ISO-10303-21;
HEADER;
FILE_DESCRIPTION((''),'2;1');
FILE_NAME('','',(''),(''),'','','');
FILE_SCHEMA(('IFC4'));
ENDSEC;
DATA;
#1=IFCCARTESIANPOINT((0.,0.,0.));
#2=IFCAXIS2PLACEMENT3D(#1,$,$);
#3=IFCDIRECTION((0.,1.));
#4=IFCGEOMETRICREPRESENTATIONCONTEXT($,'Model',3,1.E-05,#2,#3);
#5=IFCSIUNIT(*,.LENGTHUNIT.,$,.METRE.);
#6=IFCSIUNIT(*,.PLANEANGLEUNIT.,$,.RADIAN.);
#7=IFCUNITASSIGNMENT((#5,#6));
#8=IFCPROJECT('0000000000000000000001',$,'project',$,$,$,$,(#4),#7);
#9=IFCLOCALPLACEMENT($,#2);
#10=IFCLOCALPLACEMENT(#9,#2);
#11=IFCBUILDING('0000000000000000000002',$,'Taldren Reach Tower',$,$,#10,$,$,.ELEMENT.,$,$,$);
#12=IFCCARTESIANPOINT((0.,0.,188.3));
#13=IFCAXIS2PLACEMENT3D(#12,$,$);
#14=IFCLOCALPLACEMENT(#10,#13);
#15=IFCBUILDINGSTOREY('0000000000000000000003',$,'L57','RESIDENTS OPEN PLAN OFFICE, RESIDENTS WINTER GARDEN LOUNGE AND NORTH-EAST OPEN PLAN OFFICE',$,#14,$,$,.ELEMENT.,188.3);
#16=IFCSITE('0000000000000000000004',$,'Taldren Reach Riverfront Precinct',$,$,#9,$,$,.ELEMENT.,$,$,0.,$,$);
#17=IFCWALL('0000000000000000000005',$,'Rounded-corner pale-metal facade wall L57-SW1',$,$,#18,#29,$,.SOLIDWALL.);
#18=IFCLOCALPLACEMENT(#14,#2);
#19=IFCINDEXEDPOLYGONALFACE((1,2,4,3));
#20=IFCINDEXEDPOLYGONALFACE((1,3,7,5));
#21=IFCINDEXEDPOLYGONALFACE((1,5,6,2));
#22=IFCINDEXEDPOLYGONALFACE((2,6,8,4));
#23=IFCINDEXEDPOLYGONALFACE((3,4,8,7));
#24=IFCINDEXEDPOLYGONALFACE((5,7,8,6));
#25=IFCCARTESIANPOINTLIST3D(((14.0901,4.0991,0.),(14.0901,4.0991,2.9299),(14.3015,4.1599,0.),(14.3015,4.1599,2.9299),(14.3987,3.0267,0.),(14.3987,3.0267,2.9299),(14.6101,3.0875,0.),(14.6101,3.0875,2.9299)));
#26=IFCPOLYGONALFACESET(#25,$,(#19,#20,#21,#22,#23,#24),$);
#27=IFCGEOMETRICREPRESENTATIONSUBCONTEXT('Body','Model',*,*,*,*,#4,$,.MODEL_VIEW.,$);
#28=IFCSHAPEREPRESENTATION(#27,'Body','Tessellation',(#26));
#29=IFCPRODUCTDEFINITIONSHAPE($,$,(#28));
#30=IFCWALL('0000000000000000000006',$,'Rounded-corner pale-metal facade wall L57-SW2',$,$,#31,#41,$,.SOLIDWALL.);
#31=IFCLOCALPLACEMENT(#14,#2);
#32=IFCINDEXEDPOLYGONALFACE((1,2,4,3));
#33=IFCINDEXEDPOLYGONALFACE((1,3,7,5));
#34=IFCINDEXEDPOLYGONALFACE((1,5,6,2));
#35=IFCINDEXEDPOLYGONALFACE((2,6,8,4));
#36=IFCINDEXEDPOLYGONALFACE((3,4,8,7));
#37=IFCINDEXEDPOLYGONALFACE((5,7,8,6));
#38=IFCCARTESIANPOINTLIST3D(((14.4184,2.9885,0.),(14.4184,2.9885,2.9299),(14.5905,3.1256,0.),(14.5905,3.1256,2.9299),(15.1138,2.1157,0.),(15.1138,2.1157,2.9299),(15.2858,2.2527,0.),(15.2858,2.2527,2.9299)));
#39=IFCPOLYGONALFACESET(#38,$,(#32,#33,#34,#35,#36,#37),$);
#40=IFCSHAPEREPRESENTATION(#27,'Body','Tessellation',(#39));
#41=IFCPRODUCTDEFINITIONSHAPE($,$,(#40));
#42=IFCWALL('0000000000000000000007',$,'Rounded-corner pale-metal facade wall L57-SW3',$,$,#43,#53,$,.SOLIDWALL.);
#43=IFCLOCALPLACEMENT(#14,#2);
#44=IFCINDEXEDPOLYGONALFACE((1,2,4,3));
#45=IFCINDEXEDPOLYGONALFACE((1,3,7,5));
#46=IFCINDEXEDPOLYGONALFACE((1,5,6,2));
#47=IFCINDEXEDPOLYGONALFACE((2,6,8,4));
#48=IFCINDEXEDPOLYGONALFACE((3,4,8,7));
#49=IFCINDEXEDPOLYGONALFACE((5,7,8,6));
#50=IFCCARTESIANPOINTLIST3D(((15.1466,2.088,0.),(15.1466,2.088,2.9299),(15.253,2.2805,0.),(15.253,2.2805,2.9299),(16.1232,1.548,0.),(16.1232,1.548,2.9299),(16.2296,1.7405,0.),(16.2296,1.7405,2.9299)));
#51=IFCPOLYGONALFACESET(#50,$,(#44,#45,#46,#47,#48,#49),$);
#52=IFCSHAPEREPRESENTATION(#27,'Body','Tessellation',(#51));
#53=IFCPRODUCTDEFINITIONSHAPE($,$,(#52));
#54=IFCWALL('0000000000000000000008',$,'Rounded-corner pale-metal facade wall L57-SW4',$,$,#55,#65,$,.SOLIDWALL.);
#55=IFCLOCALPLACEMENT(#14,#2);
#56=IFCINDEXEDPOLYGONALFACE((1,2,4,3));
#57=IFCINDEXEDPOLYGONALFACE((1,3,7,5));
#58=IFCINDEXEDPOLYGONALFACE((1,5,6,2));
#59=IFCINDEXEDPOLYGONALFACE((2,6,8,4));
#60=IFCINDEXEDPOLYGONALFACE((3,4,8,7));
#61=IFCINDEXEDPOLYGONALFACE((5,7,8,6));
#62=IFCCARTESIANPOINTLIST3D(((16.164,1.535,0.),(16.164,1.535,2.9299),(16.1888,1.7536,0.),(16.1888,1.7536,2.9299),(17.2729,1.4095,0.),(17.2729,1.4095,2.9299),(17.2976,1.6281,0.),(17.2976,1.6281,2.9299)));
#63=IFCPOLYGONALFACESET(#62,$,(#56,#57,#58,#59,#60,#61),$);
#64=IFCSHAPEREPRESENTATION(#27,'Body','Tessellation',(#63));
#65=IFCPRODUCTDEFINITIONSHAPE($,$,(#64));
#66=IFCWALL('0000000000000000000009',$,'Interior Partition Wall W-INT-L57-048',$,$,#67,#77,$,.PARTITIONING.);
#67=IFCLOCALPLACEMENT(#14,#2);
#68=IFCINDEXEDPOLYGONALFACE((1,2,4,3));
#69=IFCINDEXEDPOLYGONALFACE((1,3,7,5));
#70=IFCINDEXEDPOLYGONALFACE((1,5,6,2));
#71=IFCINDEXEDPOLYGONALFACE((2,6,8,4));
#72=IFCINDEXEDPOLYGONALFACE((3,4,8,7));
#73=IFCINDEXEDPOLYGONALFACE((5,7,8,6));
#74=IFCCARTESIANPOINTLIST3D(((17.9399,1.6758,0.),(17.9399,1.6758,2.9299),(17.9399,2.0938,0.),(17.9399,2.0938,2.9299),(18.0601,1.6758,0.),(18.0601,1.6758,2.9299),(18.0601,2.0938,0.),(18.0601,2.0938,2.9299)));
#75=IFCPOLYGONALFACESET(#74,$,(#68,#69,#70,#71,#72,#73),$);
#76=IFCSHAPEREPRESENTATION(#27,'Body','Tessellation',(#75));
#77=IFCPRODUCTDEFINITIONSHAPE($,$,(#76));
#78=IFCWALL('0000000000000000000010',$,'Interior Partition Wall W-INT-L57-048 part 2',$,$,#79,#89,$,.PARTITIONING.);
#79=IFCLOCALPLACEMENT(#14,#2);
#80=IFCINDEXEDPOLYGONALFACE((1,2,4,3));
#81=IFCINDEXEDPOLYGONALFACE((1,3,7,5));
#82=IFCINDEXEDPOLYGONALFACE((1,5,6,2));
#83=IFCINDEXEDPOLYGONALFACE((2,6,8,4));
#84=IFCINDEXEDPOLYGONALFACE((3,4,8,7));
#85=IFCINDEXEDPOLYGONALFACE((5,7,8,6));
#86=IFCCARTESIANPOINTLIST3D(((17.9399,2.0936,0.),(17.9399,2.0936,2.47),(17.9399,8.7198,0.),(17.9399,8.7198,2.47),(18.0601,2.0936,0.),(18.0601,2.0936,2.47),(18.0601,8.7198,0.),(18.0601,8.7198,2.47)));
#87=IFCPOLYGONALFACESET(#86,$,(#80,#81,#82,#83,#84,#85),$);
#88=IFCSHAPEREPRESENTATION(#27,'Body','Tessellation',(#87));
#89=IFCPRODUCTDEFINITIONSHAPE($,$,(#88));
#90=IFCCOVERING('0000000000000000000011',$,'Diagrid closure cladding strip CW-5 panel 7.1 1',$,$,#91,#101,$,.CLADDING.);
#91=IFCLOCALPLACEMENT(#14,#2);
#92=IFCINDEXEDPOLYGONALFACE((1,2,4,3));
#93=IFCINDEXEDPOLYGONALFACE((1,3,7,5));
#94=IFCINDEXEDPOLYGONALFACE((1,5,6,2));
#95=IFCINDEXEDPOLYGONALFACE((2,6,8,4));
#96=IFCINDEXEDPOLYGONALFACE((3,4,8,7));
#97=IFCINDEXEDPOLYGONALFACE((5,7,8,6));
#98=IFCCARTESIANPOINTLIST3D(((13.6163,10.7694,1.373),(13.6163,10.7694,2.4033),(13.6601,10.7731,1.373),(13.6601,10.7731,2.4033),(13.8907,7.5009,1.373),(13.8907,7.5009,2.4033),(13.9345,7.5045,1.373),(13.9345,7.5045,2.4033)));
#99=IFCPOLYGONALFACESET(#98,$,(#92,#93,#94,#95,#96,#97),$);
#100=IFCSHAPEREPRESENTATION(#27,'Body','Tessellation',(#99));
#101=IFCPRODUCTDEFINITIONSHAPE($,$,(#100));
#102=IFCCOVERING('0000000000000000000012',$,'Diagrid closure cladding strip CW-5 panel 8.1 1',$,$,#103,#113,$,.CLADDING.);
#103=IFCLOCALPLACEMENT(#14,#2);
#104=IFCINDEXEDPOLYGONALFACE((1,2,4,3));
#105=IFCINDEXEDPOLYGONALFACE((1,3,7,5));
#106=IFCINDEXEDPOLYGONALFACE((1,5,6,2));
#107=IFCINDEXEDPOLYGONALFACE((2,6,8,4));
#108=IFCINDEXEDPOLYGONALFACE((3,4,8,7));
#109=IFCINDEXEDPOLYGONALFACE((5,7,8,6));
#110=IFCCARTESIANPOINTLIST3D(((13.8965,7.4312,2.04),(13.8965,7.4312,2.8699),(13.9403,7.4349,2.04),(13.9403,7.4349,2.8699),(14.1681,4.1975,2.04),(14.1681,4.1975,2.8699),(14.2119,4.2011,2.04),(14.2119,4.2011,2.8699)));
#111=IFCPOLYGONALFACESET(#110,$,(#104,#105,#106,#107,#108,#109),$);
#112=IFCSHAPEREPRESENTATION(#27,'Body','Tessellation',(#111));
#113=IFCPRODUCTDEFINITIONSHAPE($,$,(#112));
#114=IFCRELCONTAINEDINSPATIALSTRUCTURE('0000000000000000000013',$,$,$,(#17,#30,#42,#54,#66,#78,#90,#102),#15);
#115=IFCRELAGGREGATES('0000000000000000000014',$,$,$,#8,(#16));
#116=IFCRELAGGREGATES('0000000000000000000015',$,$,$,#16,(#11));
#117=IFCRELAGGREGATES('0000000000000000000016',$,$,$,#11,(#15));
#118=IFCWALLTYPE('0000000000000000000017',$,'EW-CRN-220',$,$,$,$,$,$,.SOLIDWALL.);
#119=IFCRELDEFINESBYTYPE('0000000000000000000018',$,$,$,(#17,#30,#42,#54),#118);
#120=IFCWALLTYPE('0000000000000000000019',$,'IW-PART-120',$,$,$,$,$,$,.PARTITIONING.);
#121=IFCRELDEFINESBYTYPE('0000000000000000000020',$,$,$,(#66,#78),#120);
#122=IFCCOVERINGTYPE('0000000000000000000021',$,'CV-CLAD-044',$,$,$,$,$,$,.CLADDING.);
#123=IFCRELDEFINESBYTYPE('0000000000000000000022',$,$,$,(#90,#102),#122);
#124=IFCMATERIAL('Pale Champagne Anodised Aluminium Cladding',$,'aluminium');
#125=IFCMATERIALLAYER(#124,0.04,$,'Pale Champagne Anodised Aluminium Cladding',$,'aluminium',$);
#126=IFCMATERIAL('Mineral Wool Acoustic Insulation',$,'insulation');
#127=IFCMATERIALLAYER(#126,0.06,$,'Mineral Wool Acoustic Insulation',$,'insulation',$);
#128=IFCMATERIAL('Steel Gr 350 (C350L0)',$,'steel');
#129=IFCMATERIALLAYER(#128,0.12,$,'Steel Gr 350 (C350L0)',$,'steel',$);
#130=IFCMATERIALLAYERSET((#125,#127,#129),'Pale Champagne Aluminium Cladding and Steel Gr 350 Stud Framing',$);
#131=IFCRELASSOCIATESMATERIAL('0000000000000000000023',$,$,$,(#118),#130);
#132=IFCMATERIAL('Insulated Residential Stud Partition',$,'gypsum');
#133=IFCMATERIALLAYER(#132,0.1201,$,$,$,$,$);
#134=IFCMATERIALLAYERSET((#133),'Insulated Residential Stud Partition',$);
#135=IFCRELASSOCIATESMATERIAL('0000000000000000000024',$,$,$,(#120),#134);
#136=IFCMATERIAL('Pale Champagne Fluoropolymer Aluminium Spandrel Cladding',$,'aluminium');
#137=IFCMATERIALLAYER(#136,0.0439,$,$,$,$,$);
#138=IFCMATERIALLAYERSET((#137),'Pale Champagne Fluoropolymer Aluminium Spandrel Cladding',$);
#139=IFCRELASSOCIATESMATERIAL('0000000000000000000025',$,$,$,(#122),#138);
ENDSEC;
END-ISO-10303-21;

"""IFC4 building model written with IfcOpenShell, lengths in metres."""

from ifc_helpers import new_model, si_unit, direction, frame, frame_2d, origin, origin_2d, place, context, subcontext, project, spatial, rectangle, extrude, source, transform, mapped, material, layer, layer_set, type_object, element, save


model = new_model("IFC4")

# Units and contexts
model_context = context("Model", 3, precision=1e-05, world=origin(), true_north=direction((0.0, 1.0)))
body_context = subcontext(model_context, "Body", "Model", "MODEL_VIEW")
ifc_project = project(units=[si_unit("LENGTHUNIT", "METRE"), si_unit("PLANEANGLEUNIT", "RADIAN")], contexts=[model_context])

# Site, building, storey
site_placement = place(None, origin())
site = spatial("IfcSite", under=ifc_project, at=site_placement, Name="Taldren Reach Riverfront Precinct", CompositionType="ELEMENT", RefElevation=0.0)
building_placement = place(site_placement, origin())
building = spatial("IfcBuilding", under=site, at=building_placement, Name="Taldren Reach Tower", CompositionType="ELEMENT")
storey_placement = place(building_placement, frame((0.0, 0.0, 188.3)))
storey = spatial("IfcBuildingStorey", under=building, at=storey_placement, Name="L57", Description="RESIDENTS OPEN PLAN OFFICE, RESIDENTS WINTER GARDEN LOUNGE AND NORTH-EAST OPEN PLAN OFFICE", CompositionType="ELEMENT", Elevation=188.3)

# Shared definitions
ifc_material_1 = material(Name="Steel Gr 350 (C350L0)", Category="steel")

# Walls
ifc_material_2 = material(Name="Pale Champagne Anodised Aluminium Cladding", Category="aluminium")
ifc_layer_1 = layer(ifc_material_2, 0.04, Name="Pale Champagne Anodised Aluminium Cladding", Category="aluminium")
ifc_material_3 = material(Name="Mineral Wool Acoustic Insulation", Category="insulation")
ifc_layer_2 = layer(ifc_material_3, 0.06, Name="Mineral Wool Acoustic Insulation", Category="insulation")
ifc_layer_3 = layer(ifc_material_1, 0.12, Name="Steel Gr 350 (C350L0)", Category="steel")
ifc_layer_set_1 = layer_set([ifc_layer_1, ifc_layer_2, ifc_layer_3], Name="Pale Champagne Aluminium Cladding and Steel Gr 350 Stud Framing")
wall_type_1 = type_object("IfcWallType", Name="EW-CRN-220", PredefinedType="SOLIDWALL", material=ifc_layer_set_1)
shared_shape_1 = source(origin(), body_context, "Body", "SweptSolid", [
    extrude(rectangle(XDim=1.116, YDim=0.22, at=frame_2d((0.5581, 0.0))), origin(), (0.0, 0.0, 1.0), 2.9299),
])
for number, where, z_axis, x_axis, name in (
    (1, (14.1958, 4.1296, 0.0), (0.0, 0.0, 1.0), (0.276512, -0.96101, 0.0), "Rounded-corner pale-metal facade wall L57-SW1"),
    (2, (14.5044, 3.0571, 0.0), (0.0, 0.0, 1.0), (0.623093, -0.782148, 0.0), "Rounded-corner pale-metal facade wall L57-SW2"),
    (3, (15.1997, 2.1843, 0.0), (0.0, 0.0, 1.0), (0.875105, -0.483933, 0.0), "Rounded-corner pale-metal facade wall L57-SW3"),
    (4, (16.1763, 1.6443, 0.0), (0.0, 0.0, 1.0), (0.993658, -0.112448, 0.0), "Rounded-corner pale-metal facade wall L57-SW4"),
):
    element("IfcWall", number, at=place(storey_placement, frame(where, z_axis=z_axis, x_axis=x_axis)), inside=storey, type_object=wall_type_1, Name=name, PredefinedType="SOLIDWALL", context=body_context, shape_type="MappedRepresentation", body=[
        mapped(shared_shape_1, transform((0.0, 0.0, 0.0), scale=1.0)),
    ])
ifc_material_4 = material(Name="Insulated Residential Stud Partition", Category="gypsum")
ifc_layer_4 = layer(ifc_material_4, 0.1201)
ifc_layer_set_2 = layer_set([ifc_layer_4], Name="Insulated Residential Stud Partition")
wall_type_2 = type_object("IfcWallType", Name="IW-PART-120", PredefinedType="PARTITIONING", material=ifc_layer_set_2)
shared_shape_2 = source(origin(), body_context, "Body", "SweptSolid", [
    extrude(rectangle(XDim=0.418, YDim=0.1201, at=frame_2d((0.209, 0.0))), origin(), (0.0, 0.0, 1.0), 2.9299),
])
wall_1_placement = place(storey_placement, frame((18.0, 1.6758, 0.0), z_axis=(0.0, 0.0, 1.0), x_axis=(0.0, 1.0, 0.0)))
element("IfcWall", 5, at=wall_1_placement, inside=storey, type_object=wall_type_2, Name="Interior Partition Wall W-INT-L57-048", PredefinedType="PARTITIONING", context=body_context, shape_type="MappedRepresentation", body=[
    mapped(shared_shape_2, transform((0.0, 0.0, 0.0), scale=1.0)),
])
shared_shape_3 = source(origin(), body_context, "Body", "SweptSolid", [
    extrude(rectangle(XDim=6.6262, YDim=0.1201, at=frame_2d((3.313, 0.0))), origin(), (0.0, 0.0, 1.0), 2.47),
])
wall_2_placement = place(storey_placement, frame((18.0, 2.0938, 0.0), z_axis=(0.0, 0.0, 1.0), x_axis=(0.0, 1.0, 0.0)))
element("IfcWall", 6, at=wall_2_placement, inside=storey, type_object=wall_type_2, Name="Interior Partition Wall W-INT-L57-048 part 2", PredefinedType="PARTITIONING", context=body_context, shape_type="MappedRepresentation", body=[
    mapped(shared_shape_3, transform((0.0, 0.0, 0.0), scale=1.0)),
])

# Coverings
ifc_material_5 = material(Name="Pale Champagne Fluoropolymer Aluminium Spandrel Cladding", Category="aluminium")
ifc_layer_5 = layer(ifc_material_5, 0.0439)
ifc_layer_set_3 = layer_set([ifc_layer_5], Name="Pale Champagne Fluoropolymer Aluminium Spandrel Cladding")
covering_type = type_object("IfcCoveringType", Name="CV-CLAD-044", PredefinedType="CLADDING", material=ifc_layer_set_3)
shared_shape_4 = source(origin(), body_context, "Body", "SweptSolid", [
    extrude(rectangle(XDim=3.28, YDim=0.0439, at=origin_2d()), origin(), (0.0, 0.0, 1.0), 1.0303),
])
covering_1_placement = place(storey_placement, frame((13.7754, 9.137, 1.373), z_axis=(0.0, 0.0, 1.0), x_axis=(0.083678, -0.996493, 0.0)))
element("IfcCovering", 7, at=covering_1_placement, inside=storey, type_object=covering_type, Name="Diagrid closure cladding strip CW-5 panel 7.1 1", PredefinedType="CLADDING", context=body_context, shape_type="MappedRepresentation", body=[
    mapped(shared_shape_4, transform((0.0, 0.0, 0.0), scale=1.0)),
])
shared_shape_5 = source(origin(), body_context, "Body", "SweptSolid", [
    extrude(rectangle(XDim=3.2451, YDim=0.0439, at=origin_2d()), origin(), (0.0, 0.0, 1.0), 0.8298),
])
covering_2_placement = place(storey_placement, frame((14.0542, 5.8162, 2.04), z_axis=(0.0, 0.0, 1.0), x_axis=(0.083678, -0.996493, 0.0)))
element("IfcCovering", 8, at=covering_2_placement, inside=storey, type_object=covering_type, Name="Diagrid closure cladding strip CW-5 panel 8.1 1", PredefinedType="CLADDING", context=body_context, shape_type="MappedRepresentation", body=[
    mapped(shared_shape_5, transform((0.0, 0.0, 0.0), scale=1.0)),
])

save(model, "model.ifc")
